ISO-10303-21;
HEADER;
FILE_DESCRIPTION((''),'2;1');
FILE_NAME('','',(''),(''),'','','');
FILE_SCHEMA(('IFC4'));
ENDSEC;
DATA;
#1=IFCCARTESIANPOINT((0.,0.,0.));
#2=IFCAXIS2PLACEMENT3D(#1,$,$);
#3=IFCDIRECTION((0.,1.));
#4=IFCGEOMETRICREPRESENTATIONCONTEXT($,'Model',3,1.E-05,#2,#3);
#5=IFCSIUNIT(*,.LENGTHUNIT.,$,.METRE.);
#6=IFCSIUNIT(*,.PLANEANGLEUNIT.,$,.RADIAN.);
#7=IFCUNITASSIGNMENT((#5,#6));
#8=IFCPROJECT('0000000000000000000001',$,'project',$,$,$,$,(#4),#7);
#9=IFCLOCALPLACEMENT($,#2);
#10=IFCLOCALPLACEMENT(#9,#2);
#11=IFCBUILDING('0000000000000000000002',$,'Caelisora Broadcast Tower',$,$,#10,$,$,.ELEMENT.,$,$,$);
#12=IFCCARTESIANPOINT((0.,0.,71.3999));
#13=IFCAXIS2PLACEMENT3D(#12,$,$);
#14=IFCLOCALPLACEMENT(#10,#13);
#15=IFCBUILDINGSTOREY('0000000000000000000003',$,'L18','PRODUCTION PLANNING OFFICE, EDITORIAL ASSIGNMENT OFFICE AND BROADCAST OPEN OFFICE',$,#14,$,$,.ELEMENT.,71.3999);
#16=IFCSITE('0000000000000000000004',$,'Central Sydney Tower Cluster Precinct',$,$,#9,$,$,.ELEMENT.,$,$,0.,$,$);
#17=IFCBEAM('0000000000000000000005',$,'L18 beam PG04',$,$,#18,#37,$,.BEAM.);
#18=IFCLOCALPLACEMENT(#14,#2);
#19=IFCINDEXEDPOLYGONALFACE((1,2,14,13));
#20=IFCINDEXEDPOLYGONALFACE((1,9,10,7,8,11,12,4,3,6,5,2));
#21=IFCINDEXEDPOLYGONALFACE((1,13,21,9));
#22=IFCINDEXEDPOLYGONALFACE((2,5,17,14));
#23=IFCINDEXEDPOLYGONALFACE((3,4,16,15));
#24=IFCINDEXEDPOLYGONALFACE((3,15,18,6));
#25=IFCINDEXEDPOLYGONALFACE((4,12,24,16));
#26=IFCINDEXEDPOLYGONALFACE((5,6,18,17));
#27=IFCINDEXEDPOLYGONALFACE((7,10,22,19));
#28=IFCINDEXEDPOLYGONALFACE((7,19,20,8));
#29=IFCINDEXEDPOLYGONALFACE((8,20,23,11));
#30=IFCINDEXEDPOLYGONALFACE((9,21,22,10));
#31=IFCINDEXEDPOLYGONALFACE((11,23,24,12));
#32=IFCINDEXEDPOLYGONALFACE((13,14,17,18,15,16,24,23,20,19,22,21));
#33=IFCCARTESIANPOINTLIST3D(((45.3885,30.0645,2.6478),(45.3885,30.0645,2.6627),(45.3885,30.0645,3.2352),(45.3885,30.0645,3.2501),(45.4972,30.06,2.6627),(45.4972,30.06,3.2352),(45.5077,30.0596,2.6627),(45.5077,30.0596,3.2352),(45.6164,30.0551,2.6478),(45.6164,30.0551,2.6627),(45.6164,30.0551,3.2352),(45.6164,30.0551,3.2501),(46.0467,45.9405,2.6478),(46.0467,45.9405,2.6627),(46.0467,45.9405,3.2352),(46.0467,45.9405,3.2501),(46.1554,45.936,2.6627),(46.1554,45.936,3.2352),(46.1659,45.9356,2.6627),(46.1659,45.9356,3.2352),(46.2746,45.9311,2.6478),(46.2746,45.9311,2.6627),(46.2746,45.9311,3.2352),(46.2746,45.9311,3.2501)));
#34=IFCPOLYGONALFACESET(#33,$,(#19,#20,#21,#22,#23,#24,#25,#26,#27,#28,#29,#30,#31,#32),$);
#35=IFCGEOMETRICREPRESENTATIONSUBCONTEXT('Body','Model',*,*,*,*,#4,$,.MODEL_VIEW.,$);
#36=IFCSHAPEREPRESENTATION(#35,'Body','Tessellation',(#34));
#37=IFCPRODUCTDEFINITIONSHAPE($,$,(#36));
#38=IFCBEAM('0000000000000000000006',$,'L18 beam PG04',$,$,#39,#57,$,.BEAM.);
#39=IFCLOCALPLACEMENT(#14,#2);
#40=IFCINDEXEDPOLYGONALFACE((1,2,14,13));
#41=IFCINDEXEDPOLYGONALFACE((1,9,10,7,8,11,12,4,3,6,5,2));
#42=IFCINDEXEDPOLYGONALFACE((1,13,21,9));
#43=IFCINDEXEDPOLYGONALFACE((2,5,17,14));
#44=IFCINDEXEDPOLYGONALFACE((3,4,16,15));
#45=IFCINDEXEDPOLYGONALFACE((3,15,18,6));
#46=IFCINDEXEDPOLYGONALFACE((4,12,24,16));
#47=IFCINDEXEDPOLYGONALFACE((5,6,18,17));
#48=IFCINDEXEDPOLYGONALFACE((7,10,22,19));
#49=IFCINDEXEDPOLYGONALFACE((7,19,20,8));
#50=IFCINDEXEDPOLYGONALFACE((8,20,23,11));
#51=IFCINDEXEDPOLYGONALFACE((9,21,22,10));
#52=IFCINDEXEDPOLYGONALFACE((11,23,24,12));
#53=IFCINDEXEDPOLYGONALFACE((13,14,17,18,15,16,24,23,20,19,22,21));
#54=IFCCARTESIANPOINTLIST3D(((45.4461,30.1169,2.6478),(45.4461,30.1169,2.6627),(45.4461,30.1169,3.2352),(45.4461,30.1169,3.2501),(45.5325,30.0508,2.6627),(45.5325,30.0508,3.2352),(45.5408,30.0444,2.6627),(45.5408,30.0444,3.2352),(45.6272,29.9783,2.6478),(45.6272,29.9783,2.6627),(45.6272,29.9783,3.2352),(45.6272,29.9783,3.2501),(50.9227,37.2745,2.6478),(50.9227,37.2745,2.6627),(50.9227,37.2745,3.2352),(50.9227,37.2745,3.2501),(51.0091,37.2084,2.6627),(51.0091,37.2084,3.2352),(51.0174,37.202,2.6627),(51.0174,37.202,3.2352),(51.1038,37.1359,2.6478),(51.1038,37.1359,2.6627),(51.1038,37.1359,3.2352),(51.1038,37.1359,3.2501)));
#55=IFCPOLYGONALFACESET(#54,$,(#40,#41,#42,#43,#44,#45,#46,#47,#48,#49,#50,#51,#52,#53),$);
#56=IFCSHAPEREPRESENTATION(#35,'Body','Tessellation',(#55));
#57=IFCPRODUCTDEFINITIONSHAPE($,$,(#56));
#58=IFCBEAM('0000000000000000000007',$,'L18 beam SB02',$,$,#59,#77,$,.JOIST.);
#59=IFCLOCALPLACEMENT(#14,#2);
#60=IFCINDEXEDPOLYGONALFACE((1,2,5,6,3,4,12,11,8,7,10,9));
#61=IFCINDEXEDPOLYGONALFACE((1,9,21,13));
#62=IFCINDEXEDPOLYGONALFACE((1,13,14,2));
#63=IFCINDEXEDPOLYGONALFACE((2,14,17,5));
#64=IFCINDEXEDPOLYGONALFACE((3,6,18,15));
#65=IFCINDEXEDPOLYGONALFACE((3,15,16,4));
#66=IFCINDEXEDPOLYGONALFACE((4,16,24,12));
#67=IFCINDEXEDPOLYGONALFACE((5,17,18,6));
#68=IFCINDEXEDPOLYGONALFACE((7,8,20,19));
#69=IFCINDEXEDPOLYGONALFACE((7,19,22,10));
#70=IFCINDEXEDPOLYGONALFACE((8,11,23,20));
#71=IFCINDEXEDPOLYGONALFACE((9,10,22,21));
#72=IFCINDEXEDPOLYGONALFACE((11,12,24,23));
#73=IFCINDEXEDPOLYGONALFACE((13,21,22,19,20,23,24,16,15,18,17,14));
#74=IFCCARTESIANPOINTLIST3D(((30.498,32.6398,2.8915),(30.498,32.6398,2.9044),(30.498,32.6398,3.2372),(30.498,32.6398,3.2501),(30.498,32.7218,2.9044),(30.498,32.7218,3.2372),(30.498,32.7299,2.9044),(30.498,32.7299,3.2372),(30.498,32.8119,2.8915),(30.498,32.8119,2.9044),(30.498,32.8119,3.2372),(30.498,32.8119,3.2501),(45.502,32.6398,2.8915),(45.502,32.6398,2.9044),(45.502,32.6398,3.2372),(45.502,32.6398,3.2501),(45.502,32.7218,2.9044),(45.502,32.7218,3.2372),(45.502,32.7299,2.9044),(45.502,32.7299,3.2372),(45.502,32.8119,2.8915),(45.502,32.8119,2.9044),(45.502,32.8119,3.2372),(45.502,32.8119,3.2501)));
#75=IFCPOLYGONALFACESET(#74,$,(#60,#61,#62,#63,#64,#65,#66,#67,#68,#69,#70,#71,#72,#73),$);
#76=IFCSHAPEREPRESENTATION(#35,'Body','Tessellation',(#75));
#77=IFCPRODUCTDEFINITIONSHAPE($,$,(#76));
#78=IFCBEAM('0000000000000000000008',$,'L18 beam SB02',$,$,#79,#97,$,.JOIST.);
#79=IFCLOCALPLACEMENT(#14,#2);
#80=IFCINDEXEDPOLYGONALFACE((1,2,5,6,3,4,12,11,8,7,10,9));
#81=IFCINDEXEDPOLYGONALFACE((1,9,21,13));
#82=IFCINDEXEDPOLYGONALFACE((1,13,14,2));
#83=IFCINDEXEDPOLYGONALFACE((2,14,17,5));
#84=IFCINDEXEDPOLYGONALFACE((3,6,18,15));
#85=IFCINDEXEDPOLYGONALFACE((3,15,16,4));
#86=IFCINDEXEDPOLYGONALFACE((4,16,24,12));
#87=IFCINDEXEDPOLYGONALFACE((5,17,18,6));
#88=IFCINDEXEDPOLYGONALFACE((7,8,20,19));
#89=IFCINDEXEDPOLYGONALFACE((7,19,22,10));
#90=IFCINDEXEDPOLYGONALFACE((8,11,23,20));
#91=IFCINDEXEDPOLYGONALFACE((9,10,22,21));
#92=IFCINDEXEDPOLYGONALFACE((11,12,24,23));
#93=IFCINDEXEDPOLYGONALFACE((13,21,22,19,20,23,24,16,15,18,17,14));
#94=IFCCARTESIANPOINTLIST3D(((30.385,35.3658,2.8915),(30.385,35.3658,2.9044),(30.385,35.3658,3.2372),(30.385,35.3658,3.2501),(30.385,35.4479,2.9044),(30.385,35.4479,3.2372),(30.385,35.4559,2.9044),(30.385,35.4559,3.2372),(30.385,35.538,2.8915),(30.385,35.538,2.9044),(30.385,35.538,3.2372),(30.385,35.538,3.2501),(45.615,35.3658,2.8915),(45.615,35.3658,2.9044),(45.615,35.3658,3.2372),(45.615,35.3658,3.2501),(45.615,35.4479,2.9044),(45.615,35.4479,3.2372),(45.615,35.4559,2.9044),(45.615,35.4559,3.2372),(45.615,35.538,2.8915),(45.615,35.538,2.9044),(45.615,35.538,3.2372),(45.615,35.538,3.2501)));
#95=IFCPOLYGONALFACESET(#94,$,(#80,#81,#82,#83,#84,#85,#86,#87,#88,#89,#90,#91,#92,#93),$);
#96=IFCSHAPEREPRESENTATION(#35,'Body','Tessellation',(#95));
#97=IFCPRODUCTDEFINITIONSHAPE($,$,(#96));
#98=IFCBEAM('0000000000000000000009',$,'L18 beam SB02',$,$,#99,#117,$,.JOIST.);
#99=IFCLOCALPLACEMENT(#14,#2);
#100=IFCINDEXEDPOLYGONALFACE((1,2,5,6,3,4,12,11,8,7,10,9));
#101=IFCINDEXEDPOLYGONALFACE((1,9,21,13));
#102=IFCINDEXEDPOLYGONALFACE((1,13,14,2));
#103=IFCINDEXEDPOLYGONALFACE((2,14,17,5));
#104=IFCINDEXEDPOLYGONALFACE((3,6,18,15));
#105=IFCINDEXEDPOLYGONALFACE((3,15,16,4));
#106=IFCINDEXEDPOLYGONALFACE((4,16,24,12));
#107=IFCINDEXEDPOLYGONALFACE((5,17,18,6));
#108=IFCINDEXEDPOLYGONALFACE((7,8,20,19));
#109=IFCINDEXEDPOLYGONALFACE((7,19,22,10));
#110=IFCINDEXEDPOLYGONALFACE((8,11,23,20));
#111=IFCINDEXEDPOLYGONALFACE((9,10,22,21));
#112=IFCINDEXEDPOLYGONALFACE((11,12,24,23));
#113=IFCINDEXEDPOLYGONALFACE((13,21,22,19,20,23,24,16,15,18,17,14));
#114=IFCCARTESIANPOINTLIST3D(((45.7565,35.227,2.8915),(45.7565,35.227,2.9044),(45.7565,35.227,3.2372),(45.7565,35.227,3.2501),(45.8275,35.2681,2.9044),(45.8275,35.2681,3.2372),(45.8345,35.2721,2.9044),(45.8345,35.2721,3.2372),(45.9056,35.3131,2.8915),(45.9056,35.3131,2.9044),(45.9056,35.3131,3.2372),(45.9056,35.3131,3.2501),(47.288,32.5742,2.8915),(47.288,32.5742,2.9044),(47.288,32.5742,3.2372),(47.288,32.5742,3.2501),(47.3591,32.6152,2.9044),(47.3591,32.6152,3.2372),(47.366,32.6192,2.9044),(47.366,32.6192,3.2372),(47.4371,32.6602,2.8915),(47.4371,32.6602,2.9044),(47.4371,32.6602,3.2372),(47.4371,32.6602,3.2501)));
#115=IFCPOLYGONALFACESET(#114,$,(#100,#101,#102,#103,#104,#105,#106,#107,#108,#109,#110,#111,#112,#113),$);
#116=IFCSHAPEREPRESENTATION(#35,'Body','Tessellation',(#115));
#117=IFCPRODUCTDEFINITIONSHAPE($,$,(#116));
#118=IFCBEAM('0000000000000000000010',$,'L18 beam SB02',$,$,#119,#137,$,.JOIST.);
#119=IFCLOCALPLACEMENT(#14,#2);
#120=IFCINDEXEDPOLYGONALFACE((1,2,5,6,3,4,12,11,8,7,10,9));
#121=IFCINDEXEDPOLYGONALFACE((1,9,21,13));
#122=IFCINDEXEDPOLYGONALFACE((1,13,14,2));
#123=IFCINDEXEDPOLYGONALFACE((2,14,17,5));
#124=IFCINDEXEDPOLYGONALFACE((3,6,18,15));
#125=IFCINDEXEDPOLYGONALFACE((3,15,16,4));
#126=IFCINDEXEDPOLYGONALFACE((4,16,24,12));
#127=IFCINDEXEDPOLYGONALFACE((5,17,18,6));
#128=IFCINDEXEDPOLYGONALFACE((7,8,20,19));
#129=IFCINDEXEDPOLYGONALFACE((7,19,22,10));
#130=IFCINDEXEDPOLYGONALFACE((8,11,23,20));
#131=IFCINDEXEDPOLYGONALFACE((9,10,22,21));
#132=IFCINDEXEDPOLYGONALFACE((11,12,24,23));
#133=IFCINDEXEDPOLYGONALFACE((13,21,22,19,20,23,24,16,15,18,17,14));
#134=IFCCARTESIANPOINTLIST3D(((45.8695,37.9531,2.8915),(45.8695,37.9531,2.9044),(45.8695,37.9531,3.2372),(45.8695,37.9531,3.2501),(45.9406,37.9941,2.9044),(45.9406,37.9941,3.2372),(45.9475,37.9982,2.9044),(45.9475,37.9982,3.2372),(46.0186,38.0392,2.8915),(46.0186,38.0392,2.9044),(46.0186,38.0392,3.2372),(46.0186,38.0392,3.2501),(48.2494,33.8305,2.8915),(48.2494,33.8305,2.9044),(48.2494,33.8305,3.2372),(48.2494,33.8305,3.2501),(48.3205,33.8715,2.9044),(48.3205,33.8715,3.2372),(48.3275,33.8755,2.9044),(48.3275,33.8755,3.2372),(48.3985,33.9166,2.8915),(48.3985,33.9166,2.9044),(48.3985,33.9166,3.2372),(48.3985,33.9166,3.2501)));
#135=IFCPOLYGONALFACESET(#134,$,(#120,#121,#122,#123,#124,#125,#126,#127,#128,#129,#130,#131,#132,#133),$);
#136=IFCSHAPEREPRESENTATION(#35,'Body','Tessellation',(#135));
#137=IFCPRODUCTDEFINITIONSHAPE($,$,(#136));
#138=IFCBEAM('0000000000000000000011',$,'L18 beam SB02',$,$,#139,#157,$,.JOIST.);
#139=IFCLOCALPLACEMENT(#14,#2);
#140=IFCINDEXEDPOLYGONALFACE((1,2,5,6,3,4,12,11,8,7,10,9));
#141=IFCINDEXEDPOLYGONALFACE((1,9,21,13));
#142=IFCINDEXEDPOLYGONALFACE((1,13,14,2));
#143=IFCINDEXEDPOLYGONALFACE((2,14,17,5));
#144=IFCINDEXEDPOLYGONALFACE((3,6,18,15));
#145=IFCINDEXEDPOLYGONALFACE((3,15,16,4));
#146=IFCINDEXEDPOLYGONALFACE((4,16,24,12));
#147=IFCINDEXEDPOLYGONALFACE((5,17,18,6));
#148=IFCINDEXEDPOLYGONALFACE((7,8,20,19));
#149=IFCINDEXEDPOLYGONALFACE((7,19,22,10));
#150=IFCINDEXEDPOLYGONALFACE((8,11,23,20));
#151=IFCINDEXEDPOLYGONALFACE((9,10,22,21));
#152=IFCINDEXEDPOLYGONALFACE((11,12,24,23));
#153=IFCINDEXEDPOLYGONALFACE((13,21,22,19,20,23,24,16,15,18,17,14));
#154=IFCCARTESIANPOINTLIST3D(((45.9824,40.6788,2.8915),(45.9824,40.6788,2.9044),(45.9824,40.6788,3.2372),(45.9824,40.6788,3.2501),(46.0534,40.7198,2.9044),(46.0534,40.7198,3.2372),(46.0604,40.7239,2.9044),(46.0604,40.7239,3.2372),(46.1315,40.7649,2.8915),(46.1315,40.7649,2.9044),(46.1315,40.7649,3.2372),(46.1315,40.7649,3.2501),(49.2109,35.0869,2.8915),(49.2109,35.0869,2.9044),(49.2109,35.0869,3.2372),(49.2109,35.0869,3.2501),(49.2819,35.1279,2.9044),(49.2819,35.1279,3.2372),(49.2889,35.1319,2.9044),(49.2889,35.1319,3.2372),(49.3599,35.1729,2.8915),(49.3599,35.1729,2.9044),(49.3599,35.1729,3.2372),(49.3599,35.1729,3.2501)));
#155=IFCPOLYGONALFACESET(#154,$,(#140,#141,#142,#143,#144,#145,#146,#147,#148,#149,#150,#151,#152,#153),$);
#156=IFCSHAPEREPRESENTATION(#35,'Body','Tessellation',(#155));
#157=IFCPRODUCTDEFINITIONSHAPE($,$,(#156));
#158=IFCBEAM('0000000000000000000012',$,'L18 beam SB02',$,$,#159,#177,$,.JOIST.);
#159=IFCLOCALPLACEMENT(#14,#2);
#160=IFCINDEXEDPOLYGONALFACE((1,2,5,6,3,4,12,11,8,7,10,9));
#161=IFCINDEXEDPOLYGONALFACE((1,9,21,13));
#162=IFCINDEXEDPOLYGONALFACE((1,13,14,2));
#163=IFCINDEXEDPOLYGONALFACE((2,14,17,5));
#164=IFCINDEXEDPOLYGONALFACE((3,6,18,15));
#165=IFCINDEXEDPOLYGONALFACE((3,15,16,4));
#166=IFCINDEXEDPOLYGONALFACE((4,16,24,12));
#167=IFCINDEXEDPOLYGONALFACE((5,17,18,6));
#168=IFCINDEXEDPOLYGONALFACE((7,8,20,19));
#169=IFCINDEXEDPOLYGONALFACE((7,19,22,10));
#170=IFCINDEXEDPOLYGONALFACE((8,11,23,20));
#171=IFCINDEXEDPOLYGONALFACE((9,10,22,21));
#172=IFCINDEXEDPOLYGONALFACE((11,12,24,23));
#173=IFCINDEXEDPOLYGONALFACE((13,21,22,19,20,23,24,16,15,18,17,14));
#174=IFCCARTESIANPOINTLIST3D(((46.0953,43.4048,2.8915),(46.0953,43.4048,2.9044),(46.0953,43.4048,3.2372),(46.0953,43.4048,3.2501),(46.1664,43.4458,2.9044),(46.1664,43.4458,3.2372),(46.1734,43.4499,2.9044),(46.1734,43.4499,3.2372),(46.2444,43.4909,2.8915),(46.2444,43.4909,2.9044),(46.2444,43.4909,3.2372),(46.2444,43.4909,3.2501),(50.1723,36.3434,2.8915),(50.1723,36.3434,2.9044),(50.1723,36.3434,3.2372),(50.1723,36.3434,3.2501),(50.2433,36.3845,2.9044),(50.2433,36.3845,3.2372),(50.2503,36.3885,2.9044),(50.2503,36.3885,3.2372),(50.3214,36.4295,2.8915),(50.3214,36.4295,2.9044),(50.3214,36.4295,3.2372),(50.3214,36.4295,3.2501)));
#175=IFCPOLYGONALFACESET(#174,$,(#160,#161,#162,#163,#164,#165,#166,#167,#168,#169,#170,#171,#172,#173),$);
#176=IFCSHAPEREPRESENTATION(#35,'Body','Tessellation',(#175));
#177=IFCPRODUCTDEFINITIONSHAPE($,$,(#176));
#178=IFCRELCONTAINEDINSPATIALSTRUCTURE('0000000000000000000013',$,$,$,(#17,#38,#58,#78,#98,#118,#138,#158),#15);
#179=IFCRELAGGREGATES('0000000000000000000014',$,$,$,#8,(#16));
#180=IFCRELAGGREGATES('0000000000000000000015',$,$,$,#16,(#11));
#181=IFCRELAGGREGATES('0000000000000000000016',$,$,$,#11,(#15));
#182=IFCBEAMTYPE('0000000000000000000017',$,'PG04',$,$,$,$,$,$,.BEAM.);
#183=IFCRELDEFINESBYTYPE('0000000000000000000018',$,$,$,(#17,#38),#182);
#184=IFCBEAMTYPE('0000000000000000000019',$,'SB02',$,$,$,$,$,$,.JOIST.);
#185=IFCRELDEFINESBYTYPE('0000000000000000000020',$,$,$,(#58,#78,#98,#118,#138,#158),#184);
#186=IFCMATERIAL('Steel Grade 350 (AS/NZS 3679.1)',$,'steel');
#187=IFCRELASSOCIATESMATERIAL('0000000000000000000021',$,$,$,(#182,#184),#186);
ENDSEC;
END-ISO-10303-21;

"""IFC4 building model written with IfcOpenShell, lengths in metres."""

from ifc_helpers import new_model, si_unit, direction, frame, origin, origin_2d, place, context, subcontext, project, spatial, i_section, extrude, source, transform, mapped, material, material_profile, profile_set, type_object, type_shapes, element, save


model = new_model("IFC4")

# Units and contexts
model_context = context("Model", 3, precision=1e-05, world=origin(), true_north=direction((0.0, 1.0)))
body_context = subcontext(model_context, "Body", "Model", "MODEL_VIEW")
ifc_project = project(units=[si_unit("LENGTHUNIT", "METRE"), si_unit("PLANEANGLEUNIT", "RADIAN")], contexts=[model_context])

# Site, building, storey
site_placement = place(None, origin())
site = spatial("IfcSite", under=ifc_project, at=site_placement, Name="Central Sydney Tower Cluster Precinct", CompositionType="ELEMENT", RefElevation=0.0)
building_placement = place(site_placement, origin())
building = spatial("IfcBuilding", under=site, at=building_placement, Name="Caelisora Broadcast Tower", CompositionType="ELEMENT")
storey_placement = place(building_placement, frame((0.0, 0.0, 71.3999)))
storey = spatial("IfcBuildingStorey", under=building, at=storey_placement, Name="L18", Description="PRODUCTION PLANNING OFFICE, EDITORIAL ASSIGNMENT OFFICE AND BROADCAST OPEN OFFICE", CompositionType="ELEMENT", Elevation=71.3999)

# Beams
ifc_material_1 = material(Name="Steel Grade 350 (AS/NZS 3679.1)", Category="steel")
ifc_material_profile_1 = material_profile(ifc_material_1, i_section(OverallWidth=0.228, OverallDepth=0.6023, WebThickness=0.0105, FlangeThickness=0.0149, at=origin_2d()), Name="Steel Grade 350 (AS/NZS 3679.1)")
ifc_profile_set_1 = profile_set([ifc_material_profile_1], Name="Steel Grade 350 (AS/NZS 3679.1)")
beam_type_1 = type_object("IfcBeamType", Name="PG04", PredefinedType="BEAM", material=ifc_profile_set_1)
shared_shape_1 = source(origin(), body_context, "Body", "SweptSolid", [
    extrude(i_section(OverallWidth=0.228, OverallDepth=0.6023, WebThickness=0.0105, FlangeThickness=0.0149, at=origin_2d()), origin(), (0.0, 0.0, 1.0), 15.8896),
])
beam_1_placement = place(storey_placement, frame((45.5024, 30.0598, 2.949), z_axis=(0.041423, 0.999142, 0.0), x_axis=(-0.999142, 0.041423, 0.0)))
element("IfcBeam", 1, at=beam_1_placement, inside=storey, type_object=beam_type_1, Name="L18 beam PG04", PredefinedType="BEAM", context=body_context, shape_type="MappedRepresentation", body=[
    mapped(shared_shape_1, transform((0.0, 0.0, 0.0), scale=1.0)),
])
shared_shape_2 = source(origin(), body_context, "Body", "SweptSolid", [
    extrude(i_section(OverallWidth=0.228, OverallDepth=0.6023, WebThickness=0.0105, FlangeThickness=0.0149, at=origin_2d()), origin(), (0.0, 0.0, 1.0), 9.0125),
])
type_shapes(beam_type_1, [shared_shape_1, shared_shape_2])
beam_2_placement = place(storey_placement, frame((45.5366, 30.0476, 2.949), z_axis=(0.607674, 0.794186, 0.0), x_axis=(-0.794186, 0.607674, 0.0)))
element("IfcBeam", 2, at=beam_2_placement, inside=storey, type_object=beam_type_1, Name="L18 beam PG04", PredefinedType="BEAM", context=body_context, shape_type="MappedRepresentation", body=[
    mapped(shared_shape_2, transform((0.0, 0.0, 0.0), scale=1.0)),
])
ifc_material_profile_2 = material_profile(ifc_material_1, i_section(OverallWidth=0.1721, OverallDepth=0.3586, WebThickness=0.0081, FlangeThickness=0.0129, at=origin_2d()), Name="Steel Grade 350 (AS/NZS 3679.1)")
ifc_profile_set_2 = profile_set([ifc_material_profile_2], Name="Steel Grade 350 (AS/NZS 3679.1)")
beam_type_2 = type_object("IfcBeamType", Name="SB02", PredefinedType="JOIST", material=ifc_profile_set_2)
shared_shape_3 = source(origin(), body_context, "Body", "SweptSolid", [
    extrude(i_section(OverallWidth=0.1721, OverallDepth=0.3586, WebThickness=0.0081, FlangeThickness=0.0129, at=origin_2d()), origin(), (0.0, 0.0, 1.0), 15.0039),
])
beam_3_placement = place(storey_placement, frame((45.502, 32.7258, 3.0708), z_axis=(-1.0, 0.0, 0.0), x_axis=(0.0, -1.0, 0.0)))
element("IfcBeam", 3, at=beam_3_placement, inside=storey, type_object=beam_type_2, Name="L18 beam SB02", PredefinedType="JOIST", context=body_context, shape_type="MappedRepresentation", body=[
    mapped(shared_shape_3, transform((0.0, 0.0, 0.0), scale=1.0)),
])
shared_shape_4 = source(origin(), body_context, "Body", "SweptSolid", [
    extrude(i_section(OverallWidth=0.1721, OverallDepth=0.3586, WebThickness=0.0081, FlangeThickness=0.0129, at=origin_2d()), origin(), (0.0, 0.0, 1.0), 15.23),
])
beam_4_placement = place(storey_placement, frame((45.615, 35.4519, 3.0708), z_axis=(-1.0, 0.0, 0.0), x_axis=(0.0, -1.0, 0.0)))
element("IfcBeam", 4, at=beam_4_placement, inside=storey, type_object=beam_type_2, Name="L18 beam SB02", PredefinedType="JOIST", context=body_context, shape_type="MappedRepresentation", body=[
    mapped(shared_shape_4, transform((0.0, 0.0, 0.0), scale=1.0)),
])
shared_shape_5 = source(origin(), body_context, "Body", "SweptSolid", [
    extrude(i_section(OverallWidth=0.1721, OverallDepth=0.3586, WebThickness=0.0081, FlangeThickness=0.0129, at=origin_2d()), origin(), (0.0, 0.0, 1.0), 3.0632),
])
beam_5_placement = place(storey_placement, frame((47.3625, 32.6172, 3.0708), z_axis=(-0.499971, 0.866042, 0.0), x_axis=(-0.866042, -0.499971, 0.0)))
element("IfcBeam", 5, at=beam_5_placement, inside=storey, type_object=beam_type_2, Name="L18 beam SB02", PredefinedType="JOIST", context=body_context, shape_type="MappedRepresentation", body=[
    mapped(shared_shape_5, transform((0.0, 0.0, 0.0), scale=1.0)),
])
shared_shape_6 = source(origin(), body_context, "Body", "SweptSolid", [
    extrude(i_section(OverallWidth=0.1721, OverallDepth=0.3586, WebThickness=0.0081, FlangeThickness=0.0129, at=origin_2d()), origin(), (0.0, 0.0, 1.0), 4.7603),
])
beam_6_placement = place(storey_placement, frame((48.324, 33.8735, 3.0708), z_axis=(-0.499956, 0.866051, 0.0), x_axis=(-0.866051, -0.499956, 0.0)))
element("IfcBeam", 6, at=beam_6_placement, inside=storey, type_object=beam_type_2, Name="L18 beam SB02", PredefinedType="JOIST", context=body_context, shape_type="MappedRepresentation", body=[
    mapped(shared_shape_6, transform((0.0, 0.0, 0.0), scale=1.0)),
])
shared_shape_7 = source(origin(), body_context, "Body", "SweptSolid", [
    extrude(i_section(OverallWidth=0.1721, OverallDepth=0.3586, WebThickness=0.0081, FlangeThickness=0.0129, at=origin_2d()), origin(), (0.0, 0.0, 1.0), 6.457),
])
beam_7_placement = place(storey_placement, frame((49.2854, 35.1299, 3.0708), z_axis=(-0.499994, 0.866029, 0.0), x_axis=(-0.866029, -0.499994, 0.0)))
element("IfcBeam", 7, at=beam_7_placement, inside=storey, type_object=beam_type_2, Name="L18 beam SB02", PredefinedType="JOIST", context=body_context, shape_type="MappedRepresentation", body=[
    mapped(shared_shape_7, transform((0.0, 0.0, 0.0), scale=1.0)),
])
shared_shape_8 = source(origin(), body_context, "Body", "SweptSolid", [
    extrude(i_section(OverallWidth=0.1721, OverallDepth=0.3586, WebThickness=0.0081, FlangeThickness=0.0129, at=origin_2d()), origin(), (0.0, 0.0, 1.0), 8.1538),
])
type_shapes(beam_type_2, [shared_shape_3, shared_shape_4, shared_shape_5, shared_shape_6, shared_shape_7, shared_shape_8])
beam_8_placement = place(storey_placement, frame((50.2468, 36.3865, 3.0708), z_axis=(-0.500007, 0.866022, 0.0), x_axis=(-0.866022, -0.500007, 0.0)))
element("IfcBeam", 8, at=beam_8_placement, inside=storey, type_object=beam_type_2, Name="L18 beam SB02", PredefinedType="JOIST", context=body_context, shape_type="MappedRepresentation", body=[
    mapped(shared_shape_8, transform((0.0, 0.0, 0.0), scale=1.0)),
])

save(model, "model.ifc")
